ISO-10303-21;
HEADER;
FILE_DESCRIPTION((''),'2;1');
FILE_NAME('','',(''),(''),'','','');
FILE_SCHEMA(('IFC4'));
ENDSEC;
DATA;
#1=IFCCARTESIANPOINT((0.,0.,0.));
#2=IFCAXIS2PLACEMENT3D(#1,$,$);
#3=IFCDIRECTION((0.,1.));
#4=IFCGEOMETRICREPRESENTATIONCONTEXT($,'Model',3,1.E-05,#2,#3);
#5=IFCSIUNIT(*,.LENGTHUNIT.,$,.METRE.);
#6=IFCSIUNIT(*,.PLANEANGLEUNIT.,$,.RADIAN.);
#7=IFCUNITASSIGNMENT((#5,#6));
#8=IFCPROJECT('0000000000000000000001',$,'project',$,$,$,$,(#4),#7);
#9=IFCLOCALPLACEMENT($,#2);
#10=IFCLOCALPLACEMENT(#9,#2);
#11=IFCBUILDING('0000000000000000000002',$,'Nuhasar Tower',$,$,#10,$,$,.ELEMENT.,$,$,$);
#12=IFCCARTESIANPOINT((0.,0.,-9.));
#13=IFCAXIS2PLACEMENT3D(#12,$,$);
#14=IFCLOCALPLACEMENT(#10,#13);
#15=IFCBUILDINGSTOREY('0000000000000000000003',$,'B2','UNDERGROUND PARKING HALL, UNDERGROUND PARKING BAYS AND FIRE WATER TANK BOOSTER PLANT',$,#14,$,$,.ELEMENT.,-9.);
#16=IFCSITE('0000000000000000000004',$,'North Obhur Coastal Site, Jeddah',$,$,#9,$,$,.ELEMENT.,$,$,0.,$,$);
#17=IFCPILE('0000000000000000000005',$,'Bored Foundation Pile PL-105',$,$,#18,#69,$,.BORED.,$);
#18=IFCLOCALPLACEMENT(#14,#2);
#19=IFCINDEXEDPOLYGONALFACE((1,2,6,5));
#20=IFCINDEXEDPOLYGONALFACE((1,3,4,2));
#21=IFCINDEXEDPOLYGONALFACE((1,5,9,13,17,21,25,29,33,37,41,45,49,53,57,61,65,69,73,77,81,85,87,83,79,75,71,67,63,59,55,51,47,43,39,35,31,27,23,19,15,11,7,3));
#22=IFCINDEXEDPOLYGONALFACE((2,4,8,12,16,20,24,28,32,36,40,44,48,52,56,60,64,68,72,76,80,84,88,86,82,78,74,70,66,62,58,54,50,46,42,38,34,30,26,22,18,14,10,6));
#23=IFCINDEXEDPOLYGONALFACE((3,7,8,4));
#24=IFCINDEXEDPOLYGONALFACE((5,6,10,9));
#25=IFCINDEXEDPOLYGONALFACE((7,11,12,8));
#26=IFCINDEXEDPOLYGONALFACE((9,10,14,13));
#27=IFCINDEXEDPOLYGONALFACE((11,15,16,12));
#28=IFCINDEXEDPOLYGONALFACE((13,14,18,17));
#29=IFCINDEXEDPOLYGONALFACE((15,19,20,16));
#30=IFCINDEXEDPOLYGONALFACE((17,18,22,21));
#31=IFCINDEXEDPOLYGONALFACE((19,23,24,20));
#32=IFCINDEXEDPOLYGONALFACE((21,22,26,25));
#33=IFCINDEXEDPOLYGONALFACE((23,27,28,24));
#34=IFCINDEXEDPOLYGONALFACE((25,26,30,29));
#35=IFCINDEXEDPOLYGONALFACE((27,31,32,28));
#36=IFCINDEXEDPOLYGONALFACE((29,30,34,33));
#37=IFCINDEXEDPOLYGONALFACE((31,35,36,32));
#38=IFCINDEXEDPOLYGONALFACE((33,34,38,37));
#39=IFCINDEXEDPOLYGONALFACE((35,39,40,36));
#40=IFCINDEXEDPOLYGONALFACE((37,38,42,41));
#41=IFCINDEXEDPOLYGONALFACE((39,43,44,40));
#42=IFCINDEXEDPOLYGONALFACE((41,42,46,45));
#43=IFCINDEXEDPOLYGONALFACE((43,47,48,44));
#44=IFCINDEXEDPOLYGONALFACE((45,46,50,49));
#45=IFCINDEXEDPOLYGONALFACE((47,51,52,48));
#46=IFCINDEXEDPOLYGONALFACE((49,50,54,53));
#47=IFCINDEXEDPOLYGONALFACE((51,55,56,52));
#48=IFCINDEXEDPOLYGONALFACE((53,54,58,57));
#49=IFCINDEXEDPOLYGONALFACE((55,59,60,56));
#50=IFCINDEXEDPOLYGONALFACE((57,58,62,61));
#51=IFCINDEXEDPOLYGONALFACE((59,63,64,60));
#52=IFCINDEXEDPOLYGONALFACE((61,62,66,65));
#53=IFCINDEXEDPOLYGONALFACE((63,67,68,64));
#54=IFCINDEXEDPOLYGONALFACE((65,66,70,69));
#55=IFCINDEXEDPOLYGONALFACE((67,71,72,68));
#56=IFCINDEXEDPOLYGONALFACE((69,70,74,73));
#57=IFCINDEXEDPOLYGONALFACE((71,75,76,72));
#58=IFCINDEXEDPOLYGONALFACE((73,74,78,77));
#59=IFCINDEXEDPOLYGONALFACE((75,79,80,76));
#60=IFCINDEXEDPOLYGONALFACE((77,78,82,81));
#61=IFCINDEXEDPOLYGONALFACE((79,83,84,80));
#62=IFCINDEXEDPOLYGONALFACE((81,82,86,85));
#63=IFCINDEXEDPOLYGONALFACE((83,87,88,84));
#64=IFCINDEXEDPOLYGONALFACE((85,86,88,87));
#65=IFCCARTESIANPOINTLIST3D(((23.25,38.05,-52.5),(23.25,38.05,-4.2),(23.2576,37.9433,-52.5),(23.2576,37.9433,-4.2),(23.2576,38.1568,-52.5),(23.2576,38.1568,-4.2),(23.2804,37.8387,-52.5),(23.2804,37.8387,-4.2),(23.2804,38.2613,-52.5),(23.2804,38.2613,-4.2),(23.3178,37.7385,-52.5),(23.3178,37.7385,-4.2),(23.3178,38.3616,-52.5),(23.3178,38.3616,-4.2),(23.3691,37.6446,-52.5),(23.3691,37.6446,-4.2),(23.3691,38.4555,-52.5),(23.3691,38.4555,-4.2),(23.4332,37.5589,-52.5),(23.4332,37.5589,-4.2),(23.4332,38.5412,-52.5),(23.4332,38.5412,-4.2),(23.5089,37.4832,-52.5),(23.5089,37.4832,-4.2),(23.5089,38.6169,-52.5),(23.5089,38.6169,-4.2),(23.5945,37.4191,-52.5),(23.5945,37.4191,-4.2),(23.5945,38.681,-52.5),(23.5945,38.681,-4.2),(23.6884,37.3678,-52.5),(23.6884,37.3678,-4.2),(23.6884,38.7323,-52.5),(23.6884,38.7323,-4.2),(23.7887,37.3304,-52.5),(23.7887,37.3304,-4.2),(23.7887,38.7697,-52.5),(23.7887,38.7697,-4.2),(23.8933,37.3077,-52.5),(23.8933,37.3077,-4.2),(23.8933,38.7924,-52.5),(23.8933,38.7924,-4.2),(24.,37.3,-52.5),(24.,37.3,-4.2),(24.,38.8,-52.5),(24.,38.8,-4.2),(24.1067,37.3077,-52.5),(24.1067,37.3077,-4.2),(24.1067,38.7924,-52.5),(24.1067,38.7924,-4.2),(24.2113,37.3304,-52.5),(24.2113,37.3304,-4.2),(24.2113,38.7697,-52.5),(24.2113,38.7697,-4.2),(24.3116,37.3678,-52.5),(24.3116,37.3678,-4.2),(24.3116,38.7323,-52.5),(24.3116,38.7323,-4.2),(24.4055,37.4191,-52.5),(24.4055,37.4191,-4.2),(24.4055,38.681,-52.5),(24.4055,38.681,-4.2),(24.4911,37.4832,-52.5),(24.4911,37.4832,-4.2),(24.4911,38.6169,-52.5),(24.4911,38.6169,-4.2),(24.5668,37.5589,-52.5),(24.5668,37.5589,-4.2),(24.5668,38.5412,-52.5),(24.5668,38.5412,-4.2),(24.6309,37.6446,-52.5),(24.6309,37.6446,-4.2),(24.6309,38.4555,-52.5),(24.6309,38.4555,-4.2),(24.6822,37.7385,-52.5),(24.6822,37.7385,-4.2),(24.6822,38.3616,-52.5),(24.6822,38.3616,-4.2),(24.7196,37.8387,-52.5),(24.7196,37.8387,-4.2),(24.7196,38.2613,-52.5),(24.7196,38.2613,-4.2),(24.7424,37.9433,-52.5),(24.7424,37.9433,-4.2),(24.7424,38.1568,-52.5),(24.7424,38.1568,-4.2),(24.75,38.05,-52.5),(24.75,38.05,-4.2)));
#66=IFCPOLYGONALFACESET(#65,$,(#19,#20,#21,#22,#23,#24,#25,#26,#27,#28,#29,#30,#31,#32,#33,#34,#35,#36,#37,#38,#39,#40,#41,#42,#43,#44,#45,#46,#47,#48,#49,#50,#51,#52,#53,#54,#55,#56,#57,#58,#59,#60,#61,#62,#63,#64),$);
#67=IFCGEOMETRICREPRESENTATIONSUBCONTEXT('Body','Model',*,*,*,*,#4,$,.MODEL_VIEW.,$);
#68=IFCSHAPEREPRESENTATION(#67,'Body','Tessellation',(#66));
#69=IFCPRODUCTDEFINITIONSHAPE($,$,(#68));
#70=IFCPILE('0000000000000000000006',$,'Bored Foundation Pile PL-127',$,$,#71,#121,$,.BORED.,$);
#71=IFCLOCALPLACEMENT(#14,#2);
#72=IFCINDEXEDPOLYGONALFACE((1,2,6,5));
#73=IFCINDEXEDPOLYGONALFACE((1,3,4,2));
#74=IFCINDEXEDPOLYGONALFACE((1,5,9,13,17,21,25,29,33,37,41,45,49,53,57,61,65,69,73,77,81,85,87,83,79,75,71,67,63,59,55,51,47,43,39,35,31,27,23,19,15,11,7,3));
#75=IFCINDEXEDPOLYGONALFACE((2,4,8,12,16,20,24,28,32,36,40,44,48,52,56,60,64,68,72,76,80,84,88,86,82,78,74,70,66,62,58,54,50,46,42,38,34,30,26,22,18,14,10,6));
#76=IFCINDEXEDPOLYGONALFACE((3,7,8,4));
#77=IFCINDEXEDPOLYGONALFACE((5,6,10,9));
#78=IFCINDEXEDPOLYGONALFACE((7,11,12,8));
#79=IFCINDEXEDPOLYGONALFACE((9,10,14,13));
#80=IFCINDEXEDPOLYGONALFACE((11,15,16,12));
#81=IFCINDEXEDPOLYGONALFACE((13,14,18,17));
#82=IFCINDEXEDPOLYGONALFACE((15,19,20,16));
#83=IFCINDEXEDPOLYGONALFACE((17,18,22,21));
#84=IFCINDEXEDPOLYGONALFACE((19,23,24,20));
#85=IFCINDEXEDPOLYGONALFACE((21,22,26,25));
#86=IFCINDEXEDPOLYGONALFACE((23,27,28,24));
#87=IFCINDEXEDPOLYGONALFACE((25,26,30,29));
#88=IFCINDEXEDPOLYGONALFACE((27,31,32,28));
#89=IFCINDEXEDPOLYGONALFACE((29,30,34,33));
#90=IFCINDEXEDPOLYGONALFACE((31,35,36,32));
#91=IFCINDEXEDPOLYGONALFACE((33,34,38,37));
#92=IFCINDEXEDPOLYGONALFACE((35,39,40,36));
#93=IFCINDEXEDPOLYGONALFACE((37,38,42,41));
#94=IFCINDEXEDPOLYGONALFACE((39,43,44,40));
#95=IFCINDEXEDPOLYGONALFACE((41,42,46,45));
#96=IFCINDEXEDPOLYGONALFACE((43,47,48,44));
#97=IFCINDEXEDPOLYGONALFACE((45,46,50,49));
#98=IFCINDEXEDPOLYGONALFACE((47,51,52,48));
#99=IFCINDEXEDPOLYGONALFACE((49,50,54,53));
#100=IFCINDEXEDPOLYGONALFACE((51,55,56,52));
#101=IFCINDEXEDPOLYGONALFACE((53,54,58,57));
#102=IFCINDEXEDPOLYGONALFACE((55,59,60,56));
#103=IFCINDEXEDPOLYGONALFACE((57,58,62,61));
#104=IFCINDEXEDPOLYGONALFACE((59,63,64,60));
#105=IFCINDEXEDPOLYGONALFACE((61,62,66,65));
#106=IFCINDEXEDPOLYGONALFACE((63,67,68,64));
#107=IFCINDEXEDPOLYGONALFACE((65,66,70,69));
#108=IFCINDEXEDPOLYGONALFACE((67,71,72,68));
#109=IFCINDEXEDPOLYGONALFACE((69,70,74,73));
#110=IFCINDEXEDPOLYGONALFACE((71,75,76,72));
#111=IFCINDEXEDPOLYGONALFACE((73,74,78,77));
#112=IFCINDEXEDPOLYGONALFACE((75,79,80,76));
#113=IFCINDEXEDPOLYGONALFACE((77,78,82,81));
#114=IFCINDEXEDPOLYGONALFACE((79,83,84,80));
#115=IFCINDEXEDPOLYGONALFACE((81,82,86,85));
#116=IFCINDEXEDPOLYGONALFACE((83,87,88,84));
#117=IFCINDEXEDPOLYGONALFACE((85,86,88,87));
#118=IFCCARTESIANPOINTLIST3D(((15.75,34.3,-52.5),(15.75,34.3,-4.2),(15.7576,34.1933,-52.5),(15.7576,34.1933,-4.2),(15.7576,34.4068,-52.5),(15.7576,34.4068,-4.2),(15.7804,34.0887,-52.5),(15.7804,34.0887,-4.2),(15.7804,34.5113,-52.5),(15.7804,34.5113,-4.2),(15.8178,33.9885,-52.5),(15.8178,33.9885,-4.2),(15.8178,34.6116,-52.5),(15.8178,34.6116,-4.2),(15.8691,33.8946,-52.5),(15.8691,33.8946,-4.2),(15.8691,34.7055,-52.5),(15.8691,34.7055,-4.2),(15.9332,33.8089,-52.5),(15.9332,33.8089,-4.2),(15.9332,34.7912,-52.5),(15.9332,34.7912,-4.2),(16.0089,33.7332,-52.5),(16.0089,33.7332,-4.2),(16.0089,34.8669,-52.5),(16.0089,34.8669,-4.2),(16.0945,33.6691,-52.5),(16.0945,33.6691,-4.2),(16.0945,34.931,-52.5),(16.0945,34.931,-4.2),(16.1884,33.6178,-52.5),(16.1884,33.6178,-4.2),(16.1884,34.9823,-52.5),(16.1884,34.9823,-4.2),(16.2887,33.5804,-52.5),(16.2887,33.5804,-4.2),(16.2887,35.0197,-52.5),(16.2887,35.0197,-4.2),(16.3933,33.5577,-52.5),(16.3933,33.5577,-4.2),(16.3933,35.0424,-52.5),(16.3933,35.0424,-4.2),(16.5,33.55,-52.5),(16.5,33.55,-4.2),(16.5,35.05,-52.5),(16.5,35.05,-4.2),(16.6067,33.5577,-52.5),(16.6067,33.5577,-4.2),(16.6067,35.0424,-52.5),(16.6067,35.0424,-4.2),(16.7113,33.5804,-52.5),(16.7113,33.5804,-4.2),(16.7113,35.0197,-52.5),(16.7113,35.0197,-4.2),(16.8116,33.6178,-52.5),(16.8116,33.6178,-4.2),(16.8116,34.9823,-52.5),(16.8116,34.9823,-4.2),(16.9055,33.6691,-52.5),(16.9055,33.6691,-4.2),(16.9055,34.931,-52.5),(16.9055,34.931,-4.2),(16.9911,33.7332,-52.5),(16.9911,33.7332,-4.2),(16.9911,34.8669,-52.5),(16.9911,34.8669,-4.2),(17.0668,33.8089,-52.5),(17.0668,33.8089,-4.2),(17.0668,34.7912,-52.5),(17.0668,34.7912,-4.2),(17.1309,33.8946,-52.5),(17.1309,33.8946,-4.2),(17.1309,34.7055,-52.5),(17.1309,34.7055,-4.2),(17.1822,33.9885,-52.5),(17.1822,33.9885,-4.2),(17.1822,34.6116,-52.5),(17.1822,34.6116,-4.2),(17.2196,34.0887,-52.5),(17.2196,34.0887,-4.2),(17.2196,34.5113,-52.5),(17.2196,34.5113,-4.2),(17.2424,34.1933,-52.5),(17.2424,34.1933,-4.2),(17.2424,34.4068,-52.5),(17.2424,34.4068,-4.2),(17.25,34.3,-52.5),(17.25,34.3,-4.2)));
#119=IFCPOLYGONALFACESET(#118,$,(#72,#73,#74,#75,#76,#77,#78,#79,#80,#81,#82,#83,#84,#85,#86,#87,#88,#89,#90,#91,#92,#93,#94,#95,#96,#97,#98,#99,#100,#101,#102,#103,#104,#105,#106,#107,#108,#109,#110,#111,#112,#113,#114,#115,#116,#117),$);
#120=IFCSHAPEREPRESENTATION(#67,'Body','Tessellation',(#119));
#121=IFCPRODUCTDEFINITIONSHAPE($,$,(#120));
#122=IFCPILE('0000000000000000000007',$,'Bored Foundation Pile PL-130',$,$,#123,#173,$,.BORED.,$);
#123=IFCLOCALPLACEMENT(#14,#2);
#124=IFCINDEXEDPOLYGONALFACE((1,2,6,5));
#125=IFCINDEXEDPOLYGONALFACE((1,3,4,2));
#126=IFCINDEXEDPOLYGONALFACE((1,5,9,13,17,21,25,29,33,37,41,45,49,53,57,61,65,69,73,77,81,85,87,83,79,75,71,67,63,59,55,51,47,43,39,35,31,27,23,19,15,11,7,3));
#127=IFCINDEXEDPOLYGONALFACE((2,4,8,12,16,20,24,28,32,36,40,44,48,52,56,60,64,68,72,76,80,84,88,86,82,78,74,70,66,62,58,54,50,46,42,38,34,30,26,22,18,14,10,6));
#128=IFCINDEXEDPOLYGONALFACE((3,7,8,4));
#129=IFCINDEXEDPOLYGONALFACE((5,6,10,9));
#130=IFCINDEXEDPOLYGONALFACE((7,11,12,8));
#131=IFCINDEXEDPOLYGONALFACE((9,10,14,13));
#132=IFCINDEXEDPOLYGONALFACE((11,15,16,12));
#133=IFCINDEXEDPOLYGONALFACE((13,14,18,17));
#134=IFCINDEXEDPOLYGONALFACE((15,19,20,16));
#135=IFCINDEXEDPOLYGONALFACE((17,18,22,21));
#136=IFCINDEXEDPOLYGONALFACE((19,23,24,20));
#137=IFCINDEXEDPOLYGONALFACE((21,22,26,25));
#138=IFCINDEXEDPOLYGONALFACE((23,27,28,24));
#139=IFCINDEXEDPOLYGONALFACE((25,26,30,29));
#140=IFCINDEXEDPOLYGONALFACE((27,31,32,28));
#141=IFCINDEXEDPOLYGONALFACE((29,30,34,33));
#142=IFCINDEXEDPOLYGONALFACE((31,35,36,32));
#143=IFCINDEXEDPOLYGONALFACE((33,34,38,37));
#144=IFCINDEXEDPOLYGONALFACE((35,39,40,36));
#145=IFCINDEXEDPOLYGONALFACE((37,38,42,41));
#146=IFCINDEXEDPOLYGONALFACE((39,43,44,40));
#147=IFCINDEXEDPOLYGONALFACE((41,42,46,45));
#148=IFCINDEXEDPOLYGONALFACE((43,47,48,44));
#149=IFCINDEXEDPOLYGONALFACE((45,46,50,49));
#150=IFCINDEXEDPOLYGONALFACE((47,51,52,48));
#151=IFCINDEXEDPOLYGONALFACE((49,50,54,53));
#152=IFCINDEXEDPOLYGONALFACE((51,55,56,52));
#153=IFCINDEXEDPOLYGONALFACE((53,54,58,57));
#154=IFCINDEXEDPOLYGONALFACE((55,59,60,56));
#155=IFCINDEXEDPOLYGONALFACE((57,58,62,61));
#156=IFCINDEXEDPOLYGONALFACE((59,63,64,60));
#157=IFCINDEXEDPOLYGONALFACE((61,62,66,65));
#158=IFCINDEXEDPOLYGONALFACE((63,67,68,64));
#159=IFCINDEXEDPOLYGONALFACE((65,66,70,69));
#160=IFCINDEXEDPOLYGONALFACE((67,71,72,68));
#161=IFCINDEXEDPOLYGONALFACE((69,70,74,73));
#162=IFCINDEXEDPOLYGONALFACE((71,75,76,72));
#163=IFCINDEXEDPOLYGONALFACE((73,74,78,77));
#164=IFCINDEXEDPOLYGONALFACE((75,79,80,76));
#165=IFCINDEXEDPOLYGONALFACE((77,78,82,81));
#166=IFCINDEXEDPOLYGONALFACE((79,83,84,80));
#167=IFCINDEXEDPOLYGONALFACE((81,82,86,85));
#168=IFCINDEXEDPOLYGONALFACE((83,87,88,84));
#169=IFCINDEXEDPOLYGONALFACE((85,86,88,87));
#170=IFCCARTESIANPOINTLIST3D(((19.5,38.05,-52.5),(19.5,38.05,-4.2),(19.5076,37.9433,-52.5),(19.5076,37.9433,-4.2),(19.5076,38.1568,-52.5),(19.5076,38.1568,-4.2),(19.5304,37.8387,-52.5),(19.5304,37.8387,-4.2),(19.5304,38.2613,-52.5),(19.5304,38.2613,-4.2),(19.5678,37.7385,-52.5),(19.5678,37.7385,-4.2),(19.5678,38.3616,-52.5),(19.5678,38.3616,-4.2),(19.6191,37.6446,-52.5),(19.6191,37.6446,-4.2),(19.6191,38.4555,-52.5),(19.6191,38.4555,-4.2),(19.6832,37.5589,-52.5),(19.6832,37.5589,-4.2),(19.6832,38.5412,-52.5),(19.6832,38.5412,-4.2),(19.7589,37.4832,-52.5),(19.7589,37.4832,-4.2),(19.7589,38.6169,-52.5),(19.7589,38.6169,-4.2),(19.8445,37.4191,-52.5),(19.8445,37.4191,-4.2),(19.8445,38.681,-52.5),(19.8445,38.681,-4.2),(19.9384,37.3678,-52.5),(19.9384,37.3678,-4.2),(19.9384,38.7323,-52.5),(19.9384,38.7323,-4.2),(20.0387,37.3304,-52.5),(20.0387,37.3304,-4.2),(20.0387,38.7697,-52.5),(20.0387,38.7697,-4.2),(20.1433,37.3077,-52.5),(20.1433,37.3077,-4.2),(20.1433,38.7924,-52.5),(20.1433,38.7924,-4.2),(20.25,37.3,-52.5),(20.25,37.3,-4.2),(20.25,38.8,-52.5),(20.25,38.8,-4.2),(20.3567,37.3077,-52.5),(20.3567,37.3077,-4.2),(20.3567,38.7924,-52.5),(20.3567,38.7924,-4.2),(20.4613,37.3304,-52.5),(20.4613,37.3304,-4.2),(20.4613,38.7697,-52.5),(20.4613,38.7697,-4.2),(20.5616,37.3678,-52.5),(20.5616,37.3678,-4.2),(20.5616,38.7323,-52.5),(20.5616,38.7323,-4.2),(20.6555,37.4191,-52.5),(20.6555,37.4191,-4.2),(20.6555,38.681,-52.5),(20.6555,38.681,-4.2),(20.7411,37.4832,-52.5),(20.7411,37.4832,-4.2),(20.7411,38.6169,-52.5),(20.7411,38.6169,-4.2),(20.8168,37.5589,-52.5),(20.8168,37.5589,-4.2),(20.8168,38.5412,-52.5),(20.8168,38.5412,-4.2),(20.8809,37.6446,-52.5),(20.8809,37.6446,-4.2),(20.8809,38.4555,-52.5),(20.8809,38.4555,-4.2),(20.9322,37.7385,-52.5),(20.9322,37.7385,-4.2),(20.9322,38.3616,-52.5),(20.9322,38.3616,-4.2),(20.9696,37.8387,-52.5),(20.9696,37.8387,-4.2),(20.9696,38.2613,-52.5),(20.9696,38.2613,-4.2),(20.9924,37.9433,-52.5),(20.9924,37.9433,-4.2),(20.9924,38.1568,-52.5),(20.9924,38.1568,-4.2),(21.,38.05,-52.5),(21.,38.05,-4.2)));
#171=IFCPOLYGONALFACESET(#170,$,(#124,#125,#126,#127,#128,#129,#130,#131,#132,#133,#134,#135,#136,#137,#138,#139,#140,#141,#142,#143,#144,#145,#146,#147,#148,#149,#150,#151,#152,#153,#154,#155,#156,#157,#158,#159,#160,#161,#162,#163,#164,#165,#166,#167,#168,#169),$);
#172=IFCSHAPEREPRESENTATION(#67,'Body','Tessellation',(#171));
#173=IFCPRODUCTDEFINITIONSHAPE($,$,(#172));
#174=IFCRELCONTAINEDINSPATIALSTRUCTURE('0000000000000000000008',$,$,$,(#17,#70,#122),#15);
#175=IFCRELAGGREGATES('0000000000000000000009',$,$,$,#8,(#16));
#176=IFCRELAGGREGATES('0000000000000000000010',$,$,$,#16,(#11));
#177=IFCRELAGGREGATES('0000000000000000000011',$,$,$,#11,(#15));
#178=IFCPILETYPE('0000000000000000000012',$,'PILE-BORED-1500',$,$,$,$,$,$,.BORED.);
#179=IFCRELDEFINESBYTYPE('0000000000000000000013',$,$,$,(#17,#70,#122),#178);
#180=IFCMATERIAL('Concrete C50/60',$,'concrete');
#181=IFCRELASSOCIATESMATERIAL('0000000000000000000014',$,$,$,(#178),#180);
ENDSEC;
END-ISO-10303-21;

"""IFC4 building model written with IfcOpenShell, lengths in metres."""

from ifc_helpers import new_model, si_unit, direction, frame, origin, origin_2d, place, context, subcontext, project, spatial, circle, extrude, material, material_profile, profile_set, type_object, element, save


model = new_model("IFC4")

# Units and contexts
model_context = context("Model", 3, precision=1e-05, world=origin(), true_north=direction((0.0, 1.0)))
body_context = subcontext(model_context, "Body", "Model", "MODEL_VIEW")
ifc_project = project(units=[si_unit("LENGTHUNIT", "METRE"), si_unit("PLANEANGLEUNIT", "RADIAN")], contexts=[model_context])

# Site, building, storey
site_placement = place(None, origin())
site = spatial("IfcSite", under=ifc_project, at=site_placement, Name="North Obhur Coastal Site, Jeddah", CompositionType="ELEMENT", RefElevation=0.0)
building_placement = place(site_placement, origin())
building = spatial("IfcBuilding", under=site, at=building_placement, Name="Nuhasar Tower", CompositionType="ELEMENT")
storey_placement = place(building_placement, frame((0.0, 0.0, -9.0)))
storey = spatial("IfcBuildingStorey", under=building, at=storey_placement, Name="B2", Description="UNDERGROUND PARKING HALL, UNDERGROUND PARKING BAYS AND FIRE WATER TANK BOOSTER PLANT", CompositionType="ELEMENT", Elevation=-9.0)

# Shared definitions
ifc_material_1 = material(Name="Concrete C50/60", Category="concrete")

# Piles
ifc_material_profile_1 = material_profile(ifc_material_1, circle(Radius=0.75, at=origin_2d()), Name="PILE1500")
ifc_profile_set_1 = profile_set([ifc_material_profile_1], Name="Concrete C50/60")
pile_type_1 = type_object("IfcPileType", Name="PILE-BORED-1500", PredefinedType="BORED", material=ifc_profile_set_1)
for number, where, z_axis, x_axis, name in (
    (1, (24.0, 38.05, -4.2), (0.0, 0.0, -1.0), (1.0, 0.0, 0.0), "Bored Foundation Pile PL-105"),
    (2, (16.5, 34.3, -4.2), (0.0, 0.0, -1.0), (1.0, 0.0, 0.0), "Bored Foundation Pile PL-127"),
    (3, (20.25, 38.05, -4.2), (0.0, 0.0, -1.0), (1.0, 0.0, 0.0), "Bored Foundation Pile PL-130"),
):
    element("IfcPile", number, at=place(storey_placement, frame(where, z_axis=z_axis, x_axis=x_axis)), inside=storey, type_object=pile_type_1, Name=name, PredefinedType="BORED", context=body_context, shape_type="SweptSolid", body=[
        extrude(circle(Radius=0.75, at=origin_2d()), origin(), (0.0, 0.0, 1.0), 48.3),
    ])

save(model, "model.ifc")
